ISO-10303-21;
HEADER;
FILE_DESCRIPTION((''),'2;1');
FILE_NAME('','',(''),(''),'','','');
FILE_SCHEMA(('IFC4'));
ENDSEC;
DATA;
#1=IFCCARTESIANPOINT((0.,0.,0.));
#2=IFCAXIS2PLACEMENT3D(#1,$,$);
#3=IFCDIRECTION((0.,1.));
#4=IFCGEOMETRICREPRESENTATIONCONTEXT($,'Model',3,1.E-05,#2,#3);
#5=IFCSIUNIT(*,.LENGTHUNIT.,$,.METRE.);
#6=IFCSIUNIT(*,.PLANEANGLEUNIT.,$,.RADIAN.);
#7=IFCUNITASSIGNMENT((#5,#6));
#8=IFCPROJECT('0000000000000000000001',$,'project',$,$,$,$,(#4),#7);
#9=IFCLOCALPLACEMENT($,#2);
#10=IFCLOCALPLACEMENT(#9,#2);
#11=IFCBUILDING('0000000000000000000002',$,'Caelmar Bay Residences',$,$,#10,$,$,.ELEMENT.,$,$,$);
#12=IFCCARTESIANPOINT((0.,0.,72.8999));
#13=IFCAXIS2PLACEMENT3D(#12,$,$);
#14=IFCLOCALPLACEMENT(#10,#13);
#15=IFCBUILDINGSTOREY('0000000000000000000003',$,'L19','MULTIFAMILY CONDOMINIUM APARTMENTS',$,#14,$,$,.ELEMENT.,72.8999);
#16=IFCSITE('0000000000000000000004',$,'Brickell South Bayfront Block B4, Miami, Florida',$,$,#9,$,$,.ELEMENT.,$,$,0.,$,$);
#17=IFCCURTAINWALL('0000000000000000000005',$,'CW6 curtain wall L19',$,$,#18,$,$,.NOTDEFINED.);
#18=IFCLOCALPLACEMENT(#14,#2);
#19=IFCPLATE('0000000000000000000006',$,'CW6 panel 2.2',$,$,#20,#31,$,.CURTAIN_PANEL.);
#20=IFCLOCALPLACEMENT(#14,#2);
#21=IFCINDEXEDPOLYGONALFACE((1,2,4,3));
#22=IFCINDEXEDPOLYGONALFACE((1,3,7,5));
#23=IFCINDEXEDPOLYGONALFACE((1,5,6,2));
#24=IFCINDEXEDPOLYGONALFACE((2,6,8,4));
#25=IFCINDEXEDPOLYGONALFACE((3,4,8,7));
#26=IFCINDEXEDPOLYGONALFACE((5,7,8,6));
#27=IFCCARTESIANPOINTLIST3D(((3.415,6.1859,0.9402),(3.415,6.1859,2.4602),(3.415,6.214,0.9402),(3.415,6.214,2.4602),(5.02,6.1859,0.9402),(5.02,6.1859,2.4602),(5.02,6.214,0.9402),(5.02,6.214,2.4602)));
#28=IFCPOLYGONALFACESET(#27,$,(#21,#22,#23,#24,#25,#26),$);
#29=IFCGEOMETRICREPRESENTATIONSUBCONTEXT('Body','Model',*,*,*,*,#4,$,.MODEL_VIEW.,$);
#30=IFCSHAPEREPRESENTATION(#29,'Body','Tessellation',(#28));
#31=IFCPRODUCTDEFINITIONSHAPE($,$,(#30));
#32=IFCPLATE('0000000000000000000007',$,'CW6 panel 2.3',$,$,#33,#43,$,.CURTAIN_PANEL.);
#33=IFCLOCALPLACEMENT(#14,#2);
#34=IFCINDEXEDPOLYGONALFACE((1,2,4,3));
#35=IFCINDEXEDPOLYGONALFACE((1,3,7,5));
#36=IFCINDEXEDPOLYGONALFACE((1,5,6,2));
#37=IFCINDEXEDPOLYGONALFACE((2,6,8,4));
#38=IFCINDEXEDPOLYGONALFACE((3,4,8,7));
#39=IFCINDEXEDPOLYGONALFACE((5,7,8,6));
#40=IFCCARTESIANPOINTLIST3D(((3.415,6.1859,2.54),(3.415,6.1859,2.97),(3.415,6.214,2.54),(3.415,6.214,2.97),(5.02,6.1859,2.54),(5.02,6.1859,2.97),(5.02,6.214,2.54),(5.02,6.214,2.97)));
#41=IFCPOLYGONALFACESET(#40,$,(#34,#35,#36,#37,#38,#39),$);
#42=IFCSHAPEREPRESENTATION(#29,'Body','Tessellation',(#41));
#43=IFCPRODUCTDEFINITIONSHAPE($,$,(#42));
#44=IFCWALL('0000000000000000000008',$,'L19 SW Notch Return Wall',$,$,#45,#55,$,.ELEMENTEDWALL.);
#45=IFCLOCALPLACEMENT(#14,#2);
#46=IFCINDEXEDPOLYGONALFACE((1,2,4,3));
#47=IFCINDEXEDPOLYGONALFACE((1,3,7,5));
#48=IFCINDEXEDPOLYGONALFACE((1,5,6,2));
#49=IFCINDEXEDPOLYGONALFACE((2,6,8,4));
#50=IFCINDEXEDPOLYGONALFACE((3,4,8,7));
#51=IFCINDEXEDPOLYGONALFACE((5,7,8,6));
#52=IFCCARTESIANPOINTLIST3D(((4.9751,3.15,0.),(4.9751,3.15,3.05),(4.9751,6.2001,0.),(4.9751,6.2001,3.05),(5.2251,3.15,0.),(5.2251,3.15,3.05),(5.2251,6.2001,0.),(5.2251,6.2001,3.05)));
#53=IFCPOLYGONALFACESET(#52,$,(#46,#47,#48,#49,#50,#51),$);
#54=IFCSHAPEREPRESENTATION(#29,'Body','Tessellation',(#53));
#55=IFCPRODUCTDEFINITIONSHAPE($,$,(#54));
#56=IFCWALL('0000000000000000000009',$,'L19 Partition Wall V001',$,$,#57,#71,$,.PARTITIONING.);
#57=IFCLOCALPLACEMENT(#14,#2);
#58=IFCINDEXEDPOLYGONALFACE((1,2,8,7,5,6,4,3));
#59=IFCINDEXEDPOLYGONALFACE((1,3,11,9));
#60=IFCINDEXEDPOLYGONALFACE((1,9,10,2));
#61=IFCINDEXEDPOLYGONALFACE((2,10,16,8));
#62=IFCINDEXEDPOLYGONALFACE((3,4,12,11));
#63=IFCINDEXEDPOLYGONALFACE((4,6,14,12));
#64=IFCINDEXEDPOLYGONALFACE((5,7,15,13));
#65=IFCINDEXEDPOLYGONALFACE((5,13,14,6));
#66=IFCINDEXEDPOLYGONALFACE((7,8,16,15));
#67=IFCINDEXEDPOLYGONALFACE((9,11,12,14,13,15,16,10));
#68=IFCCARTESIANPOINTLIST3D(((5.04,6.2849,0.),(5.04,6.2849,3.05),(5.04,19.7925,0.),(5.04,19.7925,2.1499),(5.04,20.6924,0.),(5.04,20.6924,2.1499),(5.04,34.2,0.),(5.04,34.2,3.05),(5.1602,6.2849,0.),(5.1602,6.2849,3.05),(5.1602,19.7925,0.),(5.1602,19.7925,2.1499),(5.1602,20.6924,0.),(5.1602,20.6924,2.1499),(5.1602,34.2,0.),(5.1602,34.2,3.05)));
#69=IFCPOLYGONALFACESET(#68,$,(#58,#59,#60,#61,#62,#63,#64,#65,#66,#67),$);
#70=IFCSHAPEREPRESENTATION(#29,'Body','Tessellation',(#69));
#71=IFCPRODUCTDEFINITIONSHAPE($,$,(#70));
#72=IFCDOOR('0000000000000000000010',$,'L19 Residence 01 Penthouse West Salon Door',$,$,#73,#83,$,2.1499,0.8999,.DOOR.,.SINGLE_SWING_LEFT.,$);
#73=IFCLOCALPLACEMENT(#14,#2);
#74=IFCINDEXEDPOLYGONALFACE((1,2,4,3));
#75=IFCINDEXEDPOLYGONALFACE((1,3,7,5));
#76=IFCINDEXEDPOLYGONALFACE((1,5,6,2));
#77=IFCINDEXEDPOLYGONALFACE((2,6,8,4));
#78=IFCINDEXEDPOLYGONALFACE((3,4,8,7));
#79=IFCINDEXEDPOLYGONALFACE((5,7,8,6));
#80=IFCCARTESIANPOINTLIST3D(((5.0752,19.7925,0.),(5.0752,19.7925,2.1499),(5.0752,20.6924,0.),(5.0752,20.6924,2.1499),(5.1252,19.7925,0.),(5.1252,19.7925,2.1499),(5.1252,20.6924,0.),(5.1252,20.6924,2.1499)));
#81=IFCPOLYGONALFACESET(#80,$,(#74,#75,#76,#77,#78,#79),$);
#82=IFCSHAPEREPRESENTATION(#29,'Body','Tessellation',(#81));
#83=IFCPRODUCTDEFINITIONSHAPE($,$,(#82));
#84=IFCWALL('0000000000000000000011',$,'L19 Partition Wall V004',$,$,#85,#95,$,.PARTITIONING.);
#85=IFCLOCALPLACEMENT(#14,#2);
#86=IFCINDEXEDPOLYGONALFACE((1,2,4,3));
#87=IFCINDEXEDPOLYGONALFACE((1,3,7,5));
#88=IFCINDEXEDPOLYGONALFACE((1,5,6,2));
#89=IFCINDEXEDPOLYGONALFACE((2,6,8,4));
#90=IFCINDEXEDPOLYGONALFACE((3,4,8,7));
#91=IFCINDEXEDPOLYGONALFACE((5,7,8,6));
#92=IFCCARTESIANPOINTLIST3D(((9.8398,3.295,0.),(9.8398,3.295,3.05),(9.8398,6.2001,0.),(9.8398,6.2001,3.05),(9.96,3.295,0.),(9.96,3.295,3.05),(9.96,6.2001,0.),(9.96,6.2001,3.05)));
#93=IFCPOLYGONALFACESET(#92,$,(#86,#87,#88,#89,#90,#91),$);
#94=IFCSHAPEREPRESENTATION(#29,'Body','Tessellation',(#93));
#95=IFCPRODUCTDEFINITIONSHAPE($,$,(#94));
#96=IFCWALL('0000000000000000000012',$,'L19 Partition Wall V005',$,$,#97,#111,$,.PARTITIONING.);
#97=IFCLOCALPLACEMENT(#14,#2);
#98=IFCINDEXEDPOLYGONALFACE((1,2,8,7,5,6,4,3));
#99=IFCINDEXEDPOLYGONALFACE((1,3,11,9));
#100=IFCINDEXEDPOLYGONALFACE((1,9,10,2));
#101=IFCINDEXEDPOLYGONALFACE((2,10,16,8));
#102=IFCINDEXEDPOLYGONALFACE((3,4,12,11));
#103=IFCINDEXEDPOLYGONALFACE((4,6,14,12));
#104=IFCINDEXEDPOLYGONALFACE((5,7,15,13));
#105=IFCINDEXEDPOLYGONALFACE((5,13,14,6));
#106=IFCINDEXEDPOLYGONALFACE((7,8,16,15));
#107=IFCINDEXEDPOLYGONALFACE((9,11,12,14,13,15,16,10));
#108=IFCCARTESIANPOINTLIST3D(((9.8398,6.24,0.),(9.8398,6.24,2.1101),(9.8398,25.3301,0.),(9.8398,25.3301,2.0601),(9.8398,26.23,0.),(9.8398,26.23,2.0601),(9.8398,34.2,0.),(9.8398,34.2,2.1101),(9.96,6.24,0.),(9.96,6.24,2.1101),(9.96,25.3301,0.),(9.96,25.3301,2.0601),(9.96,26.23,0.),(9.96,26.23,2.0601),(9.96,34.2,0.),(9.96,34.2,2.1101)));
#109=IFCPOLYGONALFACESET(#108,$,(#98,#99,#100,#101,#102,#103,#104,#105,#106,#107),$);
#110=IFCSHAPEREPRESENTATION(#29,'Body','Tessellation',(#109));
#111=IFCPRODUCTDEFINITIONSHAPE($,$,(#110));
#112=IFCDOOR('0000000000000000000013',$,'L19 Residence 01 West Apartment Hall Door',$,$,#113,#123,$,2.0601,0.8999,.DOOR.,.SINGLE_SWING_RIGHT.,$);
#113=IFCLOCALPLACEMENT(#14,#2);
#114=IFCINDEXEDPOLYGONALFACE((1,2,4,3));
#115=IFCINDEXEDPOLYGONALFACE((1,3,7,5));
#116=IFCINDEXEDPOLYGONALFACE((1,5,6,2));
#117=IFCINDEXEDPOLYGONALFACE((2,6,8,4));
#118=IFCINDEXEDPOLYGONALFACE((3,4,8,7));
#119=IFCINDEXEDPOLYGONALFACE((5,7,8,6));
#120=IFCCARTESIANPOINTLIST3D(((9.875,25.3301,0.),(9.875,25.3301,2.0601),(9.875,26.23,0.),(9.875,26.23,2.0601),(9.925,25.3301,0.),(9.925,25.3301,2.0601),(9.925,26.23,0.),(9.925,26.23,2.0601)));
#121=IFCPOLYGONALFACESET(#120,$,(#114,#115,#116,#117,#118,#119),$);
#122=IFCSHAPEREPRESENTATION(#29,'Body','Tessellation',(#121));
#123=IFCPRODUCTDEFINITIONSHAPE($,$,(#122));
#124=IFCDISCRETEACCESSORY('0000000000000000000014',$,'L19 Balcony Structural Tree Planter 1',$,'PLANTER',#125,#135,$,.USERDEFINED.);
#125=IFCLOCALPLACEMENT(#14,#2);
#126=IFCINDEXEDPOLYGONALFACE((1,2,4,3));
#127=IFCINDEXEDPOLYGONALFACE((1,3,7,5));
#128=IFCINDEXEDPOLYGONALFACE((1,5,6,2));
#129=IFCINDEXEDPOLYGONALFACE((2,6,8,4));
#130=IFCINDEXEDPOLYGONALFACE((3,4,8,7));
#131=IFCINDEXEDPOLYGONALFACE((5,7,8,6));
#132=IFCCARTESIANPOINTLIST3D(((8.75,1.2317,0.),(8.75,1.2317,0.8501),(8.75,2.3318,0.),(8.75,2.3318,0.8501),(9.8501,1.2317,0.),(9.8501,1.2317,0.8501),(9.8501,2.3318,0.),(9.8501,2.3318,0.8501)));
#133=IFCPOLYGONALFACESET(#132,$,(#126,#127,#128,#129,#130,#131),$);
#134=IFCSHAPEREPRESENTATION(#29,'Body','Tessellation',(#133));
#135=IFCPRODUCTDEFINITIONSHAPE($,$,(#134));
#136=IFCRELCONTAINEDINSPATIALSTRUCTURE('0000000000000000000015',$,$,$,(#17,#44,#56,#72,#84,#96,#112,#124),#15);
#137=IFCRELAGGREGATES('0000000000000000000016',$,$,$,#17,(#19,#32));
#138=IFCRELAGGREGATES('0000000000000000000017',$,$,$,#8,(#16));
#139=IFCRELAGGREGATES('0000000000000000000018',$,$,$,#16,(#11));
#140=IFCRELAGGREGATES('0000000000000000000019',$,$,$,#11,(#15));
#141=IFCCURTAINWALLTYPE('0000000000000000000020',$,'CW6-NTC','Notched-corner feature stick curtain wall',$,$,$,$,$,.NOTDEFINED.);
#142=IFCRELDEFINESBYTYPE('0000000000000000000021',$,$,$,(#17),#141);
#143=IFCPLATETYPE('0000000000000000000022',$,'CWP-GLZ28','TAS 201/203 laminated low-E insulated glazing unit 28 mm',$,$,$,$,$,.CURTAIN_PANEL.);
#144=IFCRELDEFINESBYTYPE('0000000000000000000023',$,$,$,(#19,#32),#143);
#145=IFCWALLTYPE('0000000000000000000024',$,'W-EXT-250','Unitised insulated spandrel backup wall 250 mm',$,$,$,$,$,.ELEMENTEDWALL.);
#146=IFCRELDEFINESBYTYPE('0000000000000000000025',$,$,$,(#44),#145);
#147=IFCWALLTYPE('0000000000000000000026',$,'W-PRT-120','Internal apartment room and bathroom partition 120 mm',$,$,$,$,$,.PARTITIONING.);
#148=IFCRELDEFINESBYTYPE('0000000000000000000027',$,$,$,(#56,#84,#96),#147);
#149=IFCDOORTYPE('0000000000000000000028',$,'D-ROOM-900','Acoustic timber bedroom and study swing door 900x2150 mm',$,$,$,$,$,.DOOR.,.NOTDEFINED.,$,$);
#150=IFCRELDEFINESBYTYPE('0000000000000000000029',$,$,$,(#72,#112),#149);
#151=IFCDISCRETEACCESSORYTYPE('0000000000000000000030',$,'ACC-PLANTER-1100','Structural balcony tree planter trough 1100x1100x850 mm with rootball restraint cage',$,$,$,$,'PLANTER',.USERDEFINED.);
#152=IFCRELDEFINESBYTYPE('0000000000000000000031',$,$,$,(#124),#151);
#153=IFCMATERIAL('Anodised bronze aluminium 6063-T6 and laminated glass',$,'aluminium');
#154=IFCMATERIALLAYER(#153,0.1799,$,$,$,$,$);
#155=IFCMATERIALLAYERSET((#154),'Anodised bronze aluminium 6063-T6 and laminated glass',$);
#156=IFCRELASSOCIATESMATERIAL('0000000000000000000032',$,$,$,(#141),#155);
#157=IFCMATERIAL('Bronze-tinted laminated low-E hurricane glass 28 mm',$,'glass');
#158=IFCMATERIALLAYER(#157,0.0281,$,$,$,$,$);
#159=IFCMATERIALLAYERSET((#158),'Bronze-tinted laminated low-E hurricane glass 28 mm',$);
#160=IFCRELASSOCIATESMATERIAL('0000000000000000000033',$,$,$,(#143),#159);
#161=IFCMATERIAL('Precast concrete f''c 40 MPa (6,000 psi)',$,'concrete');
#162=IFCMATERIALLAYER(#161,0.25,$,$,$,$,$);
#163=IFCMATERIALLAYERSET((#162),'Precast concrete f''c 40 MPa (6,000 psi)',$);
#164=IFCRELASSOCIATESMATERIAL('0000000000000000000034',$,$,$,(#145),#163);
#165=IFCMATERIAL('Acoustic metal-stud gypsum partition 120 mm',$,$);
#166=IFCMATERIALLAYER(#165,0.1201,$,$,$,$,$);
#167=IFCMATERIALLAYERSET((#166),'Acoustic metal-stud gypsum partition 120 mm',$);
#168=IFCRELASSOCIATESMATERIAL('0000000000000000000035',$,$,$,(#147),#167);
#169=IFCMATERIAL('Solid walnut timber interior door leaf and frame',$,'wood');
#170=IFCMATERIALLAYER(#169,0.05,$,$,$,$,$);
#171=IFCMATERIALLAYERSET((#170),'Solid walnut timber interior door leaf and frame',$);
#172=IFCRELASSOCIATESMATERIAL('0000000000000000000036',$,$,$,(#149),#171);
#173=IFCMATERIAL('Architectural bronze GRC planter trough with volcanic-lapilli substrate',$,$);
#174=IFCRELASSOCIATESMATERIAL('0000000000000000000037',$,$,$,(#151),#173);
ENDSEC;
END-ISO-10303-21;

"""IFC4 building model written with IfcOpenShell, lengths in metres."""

from ifc_helpers import new_model, si_unit, direction, frame, frame_2d, origin, origin_2d, place, context, subcontext, project, spatial, rectangle, extrude, material, layer, layer_set, type_object, element, fill, aggregate, save


model = new_model("IFC4")

# Units and contexts
model_context = context("Model", 3, precision=1e-05, world=origin(), true_north=direction((0.0, 1.0)))
body_context = subcontext(model_context, "Body", "Model", "MODEL_VIEW")
ifc_project = project(units=[si_unit("LENGTHUNIT", "METRE"), si_unit("PLANEANGLEUNIT", "RADIAN")], contexts=[model_context])

# Site, building, storey
site_placement = place(None, origin())
site = spatial("IfcSite", under=ifc_project, at=site_placement, Name="Brickell South Bayfront Block B4, Miami, Florida", CompositionType="ELEMENT", RefElevation=0.0)
building_placement = place(site_placement, origin())
building = spatial("IfcBuilding", under=site, at=building_placement, Name="Caelmar Bay Residences", CompositionType="ELEMENT")
storey_placement = place(building_placement, frame((0.0, 0.0, 72.8999)))
storey = spatial("IfcBuildingStorey", under=building, at=storey_placement, Name="L19", Description="MULTIFAMILY CONDOMINIUM APARTMENTS", CompositionType="ELEMENT", Elevation=72.8999)

# Curtain wall, plates
ifc_material_1 = material(Name="Anodised bronze aluminium 6063-T6 and laminated glass", Category="aluminium")
ifc_layer_1 = layer(ifc_material_1, 0.1799)
ifc_layer_set_1 = layer_set([ifc_layer_1], Name="Anodised bronze aluminium 6063-T6 and laminated glass")
curtain_wall_type = type_object("IfcCurtainWallType", Name="CW6-NTC", Description="Notched-corner feature stick curtain wall", PredefinedType="NOTDEFINED", material=ifc_layer_set_1)
curtain_wall_placement = place(storey_placement, origin())
curtain_wall = element("IfcCurtainWall", 1, at=curtain_wall_placement, inside=storey, type_object=curtain_wall_type, Name="CW6 curtain wall L19", PredefinedType="NOTDEFINED")
ifc_material_2 = material(Name="Bronze-tinted laminated low-E hurricane glass 28 mm", Category="glass")
ifc_layer_2 = layer(ifc_material_2, 0.0281)
ifc_layer_set_2 = layer_set([ifc_layer_2], Name="Bronze-tinted laminated low-E hurricane glass 28 mm")
plate_type = type_object("IfcPlateType", Name="CWP-GLZ28", Description="TAS 201/203 laminated low-E insulated glazing unit 28 mm", PredefinedType="CURTAIN_PANEL", material=ifc_layer_set_2)
plate_1_placement = place(storey_placement, frame((4.2175, 6.2, 0.9402), z_axis=(0.0, 0.0, 1.0), x_axis=(1.0, 0.0, 0.0)))
plate_1 = element("IfcPlate", 2, at=plate_1_placement, type_object=plate_type, Name="CW6 panel 2.2", PredefinedType="CURTAIN_PANEL", context=body_context, shape_type="SweptSolid", body=[
    extrude(rectangle(XDim=1.605, YDim=0.0281, at=origin_2d()), origin(), (0.0, 0.0, 1.0), 1.52),
])
plate_2_placement = place(storey_placement, frame((4.2175, 6.2, 2.54), z_axis=(0.0, 0.0, 1.0), x_axis=(1.0, 0.0, 0.0)))
plate_2 = element("IfcPlate", 3, at=plate_2_placement, type_object=plate_type, Name="CW6 panel 2.3", PredefinedType="CURTAIN_PANEL", context=body_context, shape_type="SweptSolid", body=[
    extrude(rectangle(XDim=1.605, YDim=0.0281, at=origin_2d()), origin(), (0.0, 0.0, 1.0), 0.4299),
])
aggregate(curtain_wall, [plate_1, plate_2])

# Wall
ifc_material_3 = material(Name="Precast concrete f'c 40 MPa (6,000 psi)", Category="concrete")
ifc_layer_3 = layer(ifc_material_3, 0.25)
ifc_layer_set_3 = layer_set([ifc_layer_3], Name="Precast concrete f'c 40 MPa (6,000 psi)")
wall_type_1 = type_object("IfcWallType", Name="W-EXT-250", Description="Unitised insulated spandrel backup wall 250 mm", PredefinedType="ELEMENTEDWALL", material=ifc_layer_set_3)
wall_1_placement = place(storey_placement, frame((5.1001, 6.2, 0.0), z_axis=(0.0, 0.0, 1.0), x_axis=(0.0, -1.0, 0.0)))
element("IfcWall", 4, at=wall_1_placement, inside=storey, type_object=wall_type_1, Name="L19 SW Notch Return Wall", PredefinedType="ELEMENTEDWALL", context=body_context, shape_type="SweptSolid", body=[
    extrude(rectangle(XDim=3.05, YDim=0.25, at=frame_2d((1.5249, 0.0))), origin(), (0.0, 0.0, 1.0), 3.05),
])

# Wall, opening, door
ifc_material_4 = material(Name="Acoustic metal-stud gypsum partition 120 mm")
ifc_layer_4 = layer(ifc_material_4, 0.1201)
ifc_layer_set_4 = layer_set([ifc_layer_4], Name="Acoustic metal-stud gypsum partition 120 mm")
wall_type_2 = type_object("IfcWallType", Name="W-PRT-120", Description="Internal apartment room and bathroom partition 120 mm", PredefinedType="PARTITIONING", material=ifc_layer_set_4)
wall_2_placement = place(storey_placement, frame((5.1001, 6.2849, 0.0), z_axis=(0.0, 0.0, 1.0), x_axis=(0.0, 1.0, 0.0)))
wall_2 = element("IfcWall", 5, at=wall_2_placement, inside=storey, type_object=wall_type_2, Name="L19 Partition Wall V001", PredefinedType="PARTITIONING", context=body_context, shape_type="SweptSolid", body=[
    extrude(rectangle(XDim=27.915, YDim=0.1201, at=frame_2d((13.9575, 0.0))), origin(), (0.0, 0.0, 1.0), 3.05),
])
opening_1_placement = place(wall_2_placement, frame((13.5076, 0.0, 0.0)))
opening_1 = element("IfcOpeningElement", 6, at=opening_1_placement, cuts=wall_2, PredefinedType="OPENING", context=body_context, shape_type="SweptSolid", body=[
    extrude(rectangle(XDim=0.8999, YDim=2.1499, at=frame_2d((0.45, 1.075))), frame((0.0, 0.0701, 0.0), z_axis=(0.0, -1.0, 0.0), x_axis=(1.0, 0.0, 0.0)), (0.0, 0.0, 1.0), 0.1401),
])
ifc_material_5 = material(Name="Solid walnut timber interior door leaf and frame", Category="wood")
ifc_layer_5 = layer(ifc_material_5, 0.05)
ifc_layer_set_5 = layer_set([ifc_layer_5], Name="Solid walnut timber interior door leaf and frame")
door_type = type_object("IfcDoorType", Name="D-ROOM-900", Description="Acoustic timber bedroom and study swing door 900x2150 mm", OperationType="NOTDEFINED", PredefinedType="DOOR", material=ifc_layer_set_5)
door_1_placement = place(opening_1_placement, origin())
door_1 = element("IfcDoor", 7, at=door_1_placement, inside=storey, type_object=door_type, Name="L19 Residence 01 Penthouse West Salon Door", OperationType="SINGLE_SWING_LEFT", OverallHeight=2.1499, OverallWidth=0.8999, PredefinedType="DOOR", context=body_context, shape_type="SweptSolid", body=[
    extrude(rectangle(XDim=0.8999, YDim=2.1499, at=frame_2d((0.45, 1.075))), frame((0.0, 0.0249, 0.0), z_axis=(0.0, -1.0, 0.0), x_axis=(1.0, 0.0, 0.0)), (0.0, 0.0, 1.0), 0.05),
])
fill(opening_1, door_1)

# Wall
wall_3_placement = place(storey_placement, frame((9.8999, 3.2949, 0.0), z_axis=(0.0, 0.0, 1.0), x_axis=(0.0, 1.0, 0.0)))
element("IfcWall", 8, at=wall_3_placement, inside=storey, type_object=wall_type_2, Name="L19 Partition Wall V004", PredefinedType="PARTITIONING", context=body_context, shape_type="SweptSolid", body=[
    extrude(rectangle(XDim=2.905, YDim=0.1201, at=frame_2d((1.4526, 0.0))), origin(), (0.0, 0.0, 1.0), 3.05),
])

# Wall, opening, door
wall_4_placement = place(storey_placement, frame((9.8999, 6.24, 0.0), z_axis=(0.0, 0.0, 1.0), x_axis=(0.0, 1.0, 0.0)))
wall_4 = element("IfcWall", 9, at=wall_4_placement, inside=storey, type_object=wall_type_2, Name="L19 Partition Wall V005", PredefinedType="PARTITIONING", context=body_context, shape_type="SweptSolid", body=[
    extrude(rectangle(XDim=27.96, YDim=0.1201, at=frame_2d((13.98, 0.0))), origin(), (0.0, 0.0, 1.0), 2.1101),
])
opening_2_placement = place(wall_4_placement, frame((19.0901, 0.0, 0.0)))
opening_2 = element("IfcOpeningElement", 10, at=opening_2_placement, cuts=wall_4, PredefinedType="OPENING", context=body_context, shape_type="SweptSolid", body=[
    extrude(rectangle(XDim=0.8999, YDim=2.0601, at=frame_2d((0.45, 1.03))), frame((0.0, 0.0701, 0.0), z_axis=(0.0, -1.0, 0.0), x_axis=(1.0, 0.0, 0.0)), (0.0, 0.0, 1.0), 0.1401),
])
door_2_placement = place(opening_2_placement, origin())
door_2 = element("IfcDoor", 11, at=door_2_placement, inside=storey, type_object=door_type, Name="L19 Residence 01 West Apartment Hall Door", OperationType="SINGLE_SWING_RIGHT", OverallHeight=2.0601, OverallWidth=0.8999, PredefinedType="DOOR", context=body_context, shape_type="SweptSolid", body=[
    extrude(rectangle(XDim=0.8999, YDim=2.0601, at=frame_2d((0.45, 1.03))), frame((0.0, 0.0249, 0.0), z_axis=(0.0, -1.0, 0.0), x_axis=(1.0, 0.0, 0.0)), (0.0, 0.0, 1.0), 0.05),
])
fill(opening_2, door_2)

# Discrete accessory
ifc_material_6 = material(Name="Architectural bronze GRC planter trough with volcanic-lapilli substrate")
discrete_accessory_type = type_object("IfcDiscreteAccessoryType", Name="ACC-PLANTER-1100", Description="Structural balcony tree planter trough 1100x1100x850 mm with rootball restraint cage", ElementType="PLANTER", PredefinedType="USERDEFINED", material=ifc_material_6)
discrete_accessory_placement = place(storey_placement, frame((9.3, 1.7817, 0.0), z_axis=(0.0, 0.0, 1.0), x_axis=(1.0, 0.0, 0.0)))
element("IfcDiscreteAccessory", 12, at=discrete_accessory_placement, inside=storey, type_object=discrete_accessory_type, Name="L19 Balcony Structural Tree Planter 1", ObjectType="PLANTER", PredefinedType="USERDEFINED", context=body_context, shape_type="SweptSolid", body=[
    extrude(rectangle(XDim=1.1001, YDim=1.1001, at=origin_2d()), origin(), (0.0, 0.0, 1.0), 0.8501),
])

save(model, "model.ifc")
